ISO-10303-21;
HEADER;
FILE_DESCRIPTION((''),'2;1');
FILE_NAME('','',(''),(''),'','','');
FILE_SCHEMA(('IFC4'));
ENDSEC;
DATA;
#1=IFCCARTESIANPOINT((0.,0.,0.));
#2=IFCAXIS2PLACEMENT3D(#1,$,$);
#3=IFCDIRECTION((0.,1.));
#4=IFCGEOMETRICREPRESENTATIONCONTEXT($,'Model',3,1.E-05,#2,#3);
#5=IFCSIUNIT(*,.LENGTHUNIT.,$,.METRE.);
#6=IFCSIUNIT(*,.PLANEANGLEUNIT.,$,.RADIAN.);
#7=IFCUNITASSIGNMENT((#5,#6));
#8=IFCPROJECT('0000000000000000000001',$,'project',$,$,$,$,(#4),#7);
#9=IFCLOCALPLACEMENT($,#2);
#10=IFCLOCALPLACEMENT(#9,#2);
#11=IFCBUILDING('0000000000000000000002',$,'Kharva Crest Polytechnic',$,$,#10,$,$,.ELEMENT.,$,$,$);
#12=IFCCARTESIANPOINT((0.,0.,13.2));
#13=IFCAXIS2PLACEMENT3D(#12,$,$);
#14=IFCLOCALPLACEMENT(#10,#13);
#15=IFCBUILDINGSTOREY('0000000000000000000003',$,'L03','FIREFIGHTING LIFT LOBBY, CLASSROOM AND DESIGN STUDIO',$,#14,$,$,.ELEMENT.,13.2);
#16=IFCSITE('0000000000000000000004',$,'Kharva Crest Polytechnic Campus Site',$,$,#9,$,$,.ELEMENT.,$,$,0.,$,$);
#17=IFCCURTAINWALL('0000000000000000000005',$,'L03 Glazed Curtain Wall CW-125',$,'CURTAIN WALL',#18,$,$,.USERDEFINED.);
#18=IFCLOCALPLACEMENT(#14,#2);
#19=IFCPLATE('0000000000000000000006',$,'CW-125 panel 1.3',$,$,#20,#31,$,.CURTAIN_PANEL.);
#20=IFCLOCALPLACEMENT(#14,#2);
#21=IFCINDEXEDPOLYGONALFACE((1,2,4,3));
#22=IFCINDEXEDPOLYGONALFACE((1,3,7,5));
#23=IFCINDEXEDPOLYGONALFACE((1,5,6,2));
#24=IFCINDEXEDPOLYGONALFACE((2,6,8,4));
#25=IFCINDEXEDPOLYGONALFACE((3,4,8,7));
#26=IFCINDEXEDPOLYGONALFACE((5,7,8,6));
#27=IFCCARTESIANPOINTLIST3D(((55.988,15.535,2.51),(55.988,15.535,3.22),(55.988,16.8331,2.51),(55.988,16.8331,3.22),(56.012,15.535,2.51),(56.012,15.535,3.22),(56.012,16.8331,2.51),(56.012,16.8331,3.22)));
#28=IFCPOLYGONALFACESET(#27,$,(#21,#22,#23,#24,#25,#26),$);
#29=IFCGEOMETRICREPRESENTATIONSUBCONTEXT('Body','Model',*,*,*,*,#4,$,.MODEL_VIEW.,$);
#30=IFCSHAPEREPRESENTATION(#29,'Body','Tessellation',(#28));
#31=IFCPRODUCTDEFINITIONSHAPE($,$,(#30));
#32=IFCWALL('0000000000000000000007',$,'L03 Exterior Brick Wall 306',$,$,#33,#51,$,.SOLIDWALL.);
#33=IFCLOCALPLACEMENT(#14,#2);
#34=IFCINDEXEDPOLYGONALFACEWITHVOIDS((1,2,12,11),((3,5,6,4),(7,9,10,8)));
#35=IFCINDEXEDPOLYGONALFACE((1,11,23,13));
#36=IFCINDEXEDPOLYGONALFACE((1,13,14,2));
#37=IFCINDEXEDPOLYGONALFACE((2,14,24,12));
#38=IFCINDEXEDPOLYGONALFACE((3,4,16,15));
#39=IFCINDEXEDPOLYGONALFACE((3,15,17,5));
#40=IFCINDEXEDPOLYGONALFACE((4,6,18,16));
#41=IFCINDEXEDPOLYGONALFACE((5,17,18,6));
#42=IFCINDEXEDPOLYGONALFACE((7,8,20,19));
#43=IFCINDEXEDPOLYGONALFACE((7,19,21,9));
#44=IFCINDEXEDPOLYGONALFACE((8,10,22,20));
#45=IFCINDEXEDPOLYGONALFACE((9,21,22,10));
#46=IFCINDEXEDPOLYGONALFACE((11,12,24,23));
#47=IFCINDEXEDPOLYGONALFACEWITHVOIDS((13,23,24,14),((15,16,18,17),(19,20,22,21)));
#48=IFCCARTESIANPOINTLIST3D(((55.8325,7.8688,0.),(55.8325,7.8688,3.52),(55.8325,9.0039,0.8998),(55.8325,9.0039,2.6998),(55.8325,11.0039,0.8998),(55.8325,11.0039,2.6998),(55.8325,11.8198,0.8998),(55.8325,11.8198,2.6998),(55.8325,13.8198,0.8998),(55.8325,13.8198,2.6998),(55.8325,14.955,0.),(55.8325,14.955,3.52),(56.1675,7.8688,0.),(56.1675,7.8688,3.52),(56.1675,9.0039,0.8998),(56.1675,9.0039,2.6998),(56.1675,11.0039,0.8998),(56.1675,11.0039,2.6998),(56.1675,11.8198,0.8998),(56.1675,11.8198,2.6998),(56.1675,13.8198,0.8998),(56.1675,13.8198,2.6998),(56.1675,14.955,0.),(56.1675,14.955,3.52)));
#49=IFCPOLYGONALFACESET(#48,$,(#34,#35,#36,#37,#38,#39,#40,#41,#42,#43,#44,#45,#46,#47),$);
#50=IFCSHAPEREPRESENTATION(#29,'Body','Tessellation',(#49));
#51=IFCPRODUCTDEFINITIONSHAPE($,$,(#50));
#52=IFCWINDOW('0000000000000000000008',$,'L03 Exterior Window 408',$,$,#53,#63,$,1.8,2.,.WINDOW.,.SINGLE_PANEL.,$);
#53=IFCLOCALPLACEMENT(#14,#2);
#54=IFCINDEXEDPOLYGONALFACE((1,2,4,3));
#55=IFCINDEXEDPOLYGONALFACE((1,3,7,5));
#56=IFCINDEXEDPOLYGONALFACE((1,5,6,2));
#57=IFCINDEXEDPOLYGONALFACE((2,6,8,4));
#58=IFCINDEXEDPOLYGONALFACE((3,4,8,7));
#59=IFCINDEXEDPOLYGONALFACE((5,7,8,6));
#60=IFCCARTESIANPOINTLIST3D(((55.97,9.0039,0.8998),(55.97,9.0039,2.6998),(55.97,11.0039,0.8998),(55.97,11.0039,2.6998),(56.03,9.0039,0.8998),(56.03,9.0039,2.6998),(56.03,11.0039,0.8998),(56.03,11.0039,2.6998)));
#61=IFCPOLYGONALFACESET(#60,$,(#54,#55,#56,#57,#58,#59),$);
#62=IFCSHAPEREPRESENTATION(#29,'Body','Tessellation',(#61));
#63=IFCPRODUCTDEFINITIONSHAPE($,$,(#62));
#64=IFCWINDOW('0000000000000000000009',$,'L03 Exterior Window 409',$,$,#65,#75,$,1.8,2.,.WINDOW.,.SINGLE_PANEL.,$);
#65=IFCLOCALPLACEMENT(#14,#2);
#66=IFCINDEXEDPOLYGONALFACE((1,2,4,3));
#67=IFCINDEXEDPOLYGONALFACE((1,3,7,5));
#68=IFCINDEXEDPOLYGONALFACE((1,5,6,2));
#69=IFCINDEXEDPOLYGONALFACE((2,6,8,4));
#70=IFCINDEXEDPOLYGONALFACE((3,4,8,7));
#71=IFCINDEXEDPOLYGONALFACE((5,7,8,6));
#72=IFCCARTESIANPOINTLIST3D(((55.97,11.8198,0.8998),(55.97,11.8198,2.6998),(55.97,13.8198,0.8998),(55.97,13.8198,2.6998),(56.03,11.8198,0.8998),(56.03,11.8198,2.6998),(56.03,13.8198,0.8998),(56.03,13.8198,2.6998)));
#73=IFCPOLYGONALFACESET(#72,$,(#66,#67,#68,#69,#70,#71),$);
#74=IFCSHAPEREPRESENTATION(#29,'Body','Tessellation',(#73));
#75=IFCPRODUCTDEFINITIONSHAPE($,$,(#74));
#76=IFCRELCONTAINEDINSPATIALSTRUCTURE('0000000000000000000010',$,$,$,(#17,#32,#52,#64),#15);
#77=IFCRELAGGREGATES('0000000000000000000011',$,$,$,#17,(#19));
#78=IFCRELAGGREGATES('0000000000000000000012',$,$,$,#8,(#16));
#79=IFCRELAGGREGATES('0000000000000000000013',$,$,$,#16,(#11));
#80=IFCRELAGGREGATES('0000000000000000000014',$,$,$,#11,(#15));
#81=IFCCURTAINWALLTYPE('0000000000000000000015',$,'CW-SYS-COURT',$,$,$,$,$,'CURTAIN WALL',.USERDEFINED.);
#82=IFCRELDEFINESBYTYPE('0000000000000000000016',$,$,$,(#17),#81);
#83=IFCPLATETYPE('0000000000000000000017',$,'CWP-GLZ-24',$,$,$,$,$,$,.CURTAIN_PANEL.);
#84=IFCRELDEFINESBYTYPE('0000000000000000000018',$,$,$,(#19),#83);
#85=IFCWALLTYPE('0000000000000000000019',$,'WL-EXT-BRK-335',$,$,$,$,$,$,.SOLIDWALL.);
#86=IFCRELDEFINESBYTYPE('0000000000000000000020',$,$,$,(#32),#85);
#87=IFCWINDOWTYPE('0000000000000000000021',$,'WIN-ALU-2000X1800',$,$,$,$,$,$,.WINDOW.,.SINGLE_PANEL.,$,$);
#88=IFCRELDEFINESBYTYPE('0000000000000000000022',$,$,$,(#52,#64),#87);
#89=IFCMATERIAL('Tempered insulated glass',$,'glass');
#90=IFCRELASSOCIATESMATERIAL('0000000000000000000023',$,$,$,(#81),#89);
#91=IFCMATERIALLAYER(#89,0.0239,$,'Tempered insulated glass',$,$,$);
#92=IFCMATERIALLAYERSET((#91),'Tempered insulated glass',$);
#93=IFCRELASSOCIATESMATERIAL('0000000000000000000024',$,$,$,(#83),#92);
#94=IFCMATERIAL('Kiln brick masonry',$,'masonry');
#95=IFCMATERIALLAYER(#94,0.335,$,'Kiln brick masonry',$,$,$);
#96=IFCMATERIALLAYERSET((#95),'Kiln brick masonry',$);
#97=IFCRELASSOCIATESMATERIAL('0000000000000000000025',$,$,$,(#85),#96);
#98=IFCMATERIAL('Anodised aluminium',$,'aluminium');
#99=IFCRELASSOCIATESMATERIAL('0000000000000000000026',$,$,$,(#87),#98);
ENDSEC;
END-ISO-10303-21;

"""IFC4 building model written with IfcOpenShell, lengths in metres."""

from ifc_helpers import new_model, si_unit, direction, frame, frame_2d, origin, origin_2d, place, context, subcontext, project, spatial, rectangle, extrude, material, layer, layer_set, type_object, element, fill, aggregate, save


model = new_model("IFC4")

# Units and contexts
model_context = context("Model", 3, precision=1e-05, world=origin(), true_north=direction((0.0, 1.0)))
body_context = subcontext(model_context, "Body", "Model", "MODEL_VIEW")
ifc_project = project(units=[si_unit("LENGTHUNIT", "METRE"), si_unit("PLANEANGLEUNIT", "RADIAN")], contexts=[model_context])

# Site, building, storey
site_placement = place(None, origin())
site = spatial("IfcSite", under=ifc_project, at=site_placement, Name="Kharva Crest Polytechnic Campus Site", CompositionType="ELEMENT", RefElevation=0.0)
building_placement = place(site_placement, origin())
building = spatial("IfcBuilding", under=site, at=building_placement, Name="Kharva Crest Polytechnic", CompositionType="ELEMENT")
storey_placement = place(building_placement, frame((0.0, 0.0, 13.2)))
storey = spatial("IfcBuildingStorey", under=building, at=storey_placement, Name="L03", Description="FIREFIGHTING LIFT LOBBY, CLASSROOM AND DESIGN STUDIO", CompositionType="ELEMENT", Elevation=13.2)

# Curtain wall
ifc_material_1 = material(Name="Tempered insulated glass", Category="glass")
curtain_wall_type = type_object("IfcCurtainWallType", Name="CW-SYS-COURT", ElementType="CURTAIN WALL", PredefinedType="USERDEFINED", material=ifc_material_1)
curtain_wall_placement = place(storey_placement, origin())
curtain_wall = element("IfcCurtainWall", 1, at=curtain_wall_placement, inside=storey, type_object=curtain_wall_type, Name="L03 Glazed Curtain Wall CW-125", ObjectType="CURTAIN WALL", PredefinedType="USERDEFINED")

# Plate
ifc_layer_1 = layer(ifc_material_1, 0.0239, Name="Tempered insulated glass")
ifc_layer_set_1 = layer_set([ifc_layer_1], Name="Tempered insulated glass")
plate_type = type_object("IfcPlateType", Name="CWP-GLZ-24", PredefinedType="CURTAIN_PANEL", material=ifc_layer_set_1)
plate_1_placement = place(storey_placement, frame((56.0, 16.1841, 2.51), z_axis=(0.0, 0.0, 1.0), x_axis=(0.0, 1.0, 0.0)))
plate_1 = element("IfcPlate", 2, at=plate_1_placement, type_object=plate_type, Name="CW-125 panel 1.3", PredefinedType="CURTAIN_PANEL", context=body_context, shape_type="SweptSolid", body=[
    extrude(rectangle(XDim=1.2981, YDim=0.0239, at=origin_2d()), origin(), (0.0, 0.0, 1.0), 0.71),
])
aggregate(curtain_wall, [plate_1])

# Wall, openings, windows
ifc_material_2 = material(Name="Kiln brick masonry", Category="masonry")
ifc_layer_2 = layer(ifc_material_2, 0.335, Name="Kiln brick masonry")
ifc_layer_set_2 = layer_set([ifc_layer_2], Name="Kiln brick masonry")
wall_type = type_object("IfcWallType", Name="WL-EXT-BRK-335", PredefinedType="SOLIDWALL", material=ifc_layer_set_2)
wall_placement = place(storey_placement, frame((56.0, 7.8689, 0.0), z_axis=(0.0, 0.0, 1.0), x_axis=(0.0, 1.0, 0.0)))
wall = element("IfcWall", 3, at=wall_placement, inside=storey, type_object=wall_type, Name="L03 Exterior Brick Wall 306", PredefinedType="SOLIDWALL", context=body_context, shape_type="SweptSolid", body=[
    extrude(rectangle(XDim=7.0862, YDim=0.335, at=frame_2d((3.543, 0.0))), origin(), (0.0, 0.0, 1.0), 3.52),
])
opening_1_placement = place(wall_placement, frame((1.135, 0.0, 0.8999)))
opening_1 = element("IfcOpeningElement", 4, at=opening_1_placement, cuts=wall, PredefinedType="OPENING", context=body_context, shape_type="SweptSolid", body=[
    extrude(rectangle(XDim=2.0, YDim=1.8, at=frame_2d((1.0, 0.8999))), frame((0.0, 0.1775, 0.0), z_axis=(0.0, -1.0, 0.0), x_axis=(1.0, 0.0, 0.0)), (0.0, 0.0, 1.0), 0.355),
])
opening_2_placement = place(wall_placement, frame((3.9509, 0.0, 0.8999)))
opening_2 = element("IfcOpeningElement", 5, at=opening_2_placement, cuts=wall, PredefinedType="OPENING", context=body_context, shape_type="SweptSolid", body=[
    extrude(rectangle(XDim=2.0, YDim=1.8, at=frame_2d((1.0, 0.8999))), frame((0.0, 0.1775, 0.0), z_axis=(0.0, -1.0, 0.0), x_axis=(1.0, 0.0, 0.0)), (0.0, 0.0, 1.0), 0.355),
])
ifc_material_3 = material(Name="Anodised aluminium", Category="aluminium")
window_type = type_object("IfcWindowType", Name="WIN-ALU-2000X1800", PartitioningType="SINGLE_PANEL", PredefinedType="WINDOW", material=ifc_material_3)
window_1_placement = place(opening_1_placement, origin())
window_1 = element("IfcWindow", 6, at=window_1_placement, inside=storey, type_object=window_type, Name="L03 Exterior Window 408", OverallHeight=1.8, OverallWidth=2.0, PartitioningType="SINGLE_PANEL", PredefinedType="WINDOW", context=body_context, shape_type="SweptSolid", body=[
    extrude(rectangle(XDim=2.0, YDim=1.8, at=frame_2d((1.0, 0.8999))), frame((0.0, 0.03, 0.0), z_axis=(0.0, -1.0, 0.0), x_axis=(1.0, 0.0, 0.0)), (0.0, 0.0, 1.0), 0.0601),
])
fill(opening_1, window_1)
window_2_placement = place(opening_2_placement, origin())
window_2 = element("IfcWindow", 7, at=window_2_placement, inside=storey, type_object=window_type, Name="L03 Exterior Window 409", OverallHeight=1.8, OverallWidth=2.0, PartitioningType="SINGLE_PANEL", PredefinedType="WINDOW", context=body_context, shape_type="SweptSolid", body=[
    extrude(rectangle(XDim=2.0, YDim=1.8, at=frame_2d((1.0, 0.8999))), frame((0.0, 0.03, 0.0), z_axis=(0.0, -1.0, 0.0), x_axis=(1.0, 0.0, 0.0)), (0.0, 0.0, 1.0), 0.0601),
])
fill(opening_2, window_2)

save(model, "model.ifc")
